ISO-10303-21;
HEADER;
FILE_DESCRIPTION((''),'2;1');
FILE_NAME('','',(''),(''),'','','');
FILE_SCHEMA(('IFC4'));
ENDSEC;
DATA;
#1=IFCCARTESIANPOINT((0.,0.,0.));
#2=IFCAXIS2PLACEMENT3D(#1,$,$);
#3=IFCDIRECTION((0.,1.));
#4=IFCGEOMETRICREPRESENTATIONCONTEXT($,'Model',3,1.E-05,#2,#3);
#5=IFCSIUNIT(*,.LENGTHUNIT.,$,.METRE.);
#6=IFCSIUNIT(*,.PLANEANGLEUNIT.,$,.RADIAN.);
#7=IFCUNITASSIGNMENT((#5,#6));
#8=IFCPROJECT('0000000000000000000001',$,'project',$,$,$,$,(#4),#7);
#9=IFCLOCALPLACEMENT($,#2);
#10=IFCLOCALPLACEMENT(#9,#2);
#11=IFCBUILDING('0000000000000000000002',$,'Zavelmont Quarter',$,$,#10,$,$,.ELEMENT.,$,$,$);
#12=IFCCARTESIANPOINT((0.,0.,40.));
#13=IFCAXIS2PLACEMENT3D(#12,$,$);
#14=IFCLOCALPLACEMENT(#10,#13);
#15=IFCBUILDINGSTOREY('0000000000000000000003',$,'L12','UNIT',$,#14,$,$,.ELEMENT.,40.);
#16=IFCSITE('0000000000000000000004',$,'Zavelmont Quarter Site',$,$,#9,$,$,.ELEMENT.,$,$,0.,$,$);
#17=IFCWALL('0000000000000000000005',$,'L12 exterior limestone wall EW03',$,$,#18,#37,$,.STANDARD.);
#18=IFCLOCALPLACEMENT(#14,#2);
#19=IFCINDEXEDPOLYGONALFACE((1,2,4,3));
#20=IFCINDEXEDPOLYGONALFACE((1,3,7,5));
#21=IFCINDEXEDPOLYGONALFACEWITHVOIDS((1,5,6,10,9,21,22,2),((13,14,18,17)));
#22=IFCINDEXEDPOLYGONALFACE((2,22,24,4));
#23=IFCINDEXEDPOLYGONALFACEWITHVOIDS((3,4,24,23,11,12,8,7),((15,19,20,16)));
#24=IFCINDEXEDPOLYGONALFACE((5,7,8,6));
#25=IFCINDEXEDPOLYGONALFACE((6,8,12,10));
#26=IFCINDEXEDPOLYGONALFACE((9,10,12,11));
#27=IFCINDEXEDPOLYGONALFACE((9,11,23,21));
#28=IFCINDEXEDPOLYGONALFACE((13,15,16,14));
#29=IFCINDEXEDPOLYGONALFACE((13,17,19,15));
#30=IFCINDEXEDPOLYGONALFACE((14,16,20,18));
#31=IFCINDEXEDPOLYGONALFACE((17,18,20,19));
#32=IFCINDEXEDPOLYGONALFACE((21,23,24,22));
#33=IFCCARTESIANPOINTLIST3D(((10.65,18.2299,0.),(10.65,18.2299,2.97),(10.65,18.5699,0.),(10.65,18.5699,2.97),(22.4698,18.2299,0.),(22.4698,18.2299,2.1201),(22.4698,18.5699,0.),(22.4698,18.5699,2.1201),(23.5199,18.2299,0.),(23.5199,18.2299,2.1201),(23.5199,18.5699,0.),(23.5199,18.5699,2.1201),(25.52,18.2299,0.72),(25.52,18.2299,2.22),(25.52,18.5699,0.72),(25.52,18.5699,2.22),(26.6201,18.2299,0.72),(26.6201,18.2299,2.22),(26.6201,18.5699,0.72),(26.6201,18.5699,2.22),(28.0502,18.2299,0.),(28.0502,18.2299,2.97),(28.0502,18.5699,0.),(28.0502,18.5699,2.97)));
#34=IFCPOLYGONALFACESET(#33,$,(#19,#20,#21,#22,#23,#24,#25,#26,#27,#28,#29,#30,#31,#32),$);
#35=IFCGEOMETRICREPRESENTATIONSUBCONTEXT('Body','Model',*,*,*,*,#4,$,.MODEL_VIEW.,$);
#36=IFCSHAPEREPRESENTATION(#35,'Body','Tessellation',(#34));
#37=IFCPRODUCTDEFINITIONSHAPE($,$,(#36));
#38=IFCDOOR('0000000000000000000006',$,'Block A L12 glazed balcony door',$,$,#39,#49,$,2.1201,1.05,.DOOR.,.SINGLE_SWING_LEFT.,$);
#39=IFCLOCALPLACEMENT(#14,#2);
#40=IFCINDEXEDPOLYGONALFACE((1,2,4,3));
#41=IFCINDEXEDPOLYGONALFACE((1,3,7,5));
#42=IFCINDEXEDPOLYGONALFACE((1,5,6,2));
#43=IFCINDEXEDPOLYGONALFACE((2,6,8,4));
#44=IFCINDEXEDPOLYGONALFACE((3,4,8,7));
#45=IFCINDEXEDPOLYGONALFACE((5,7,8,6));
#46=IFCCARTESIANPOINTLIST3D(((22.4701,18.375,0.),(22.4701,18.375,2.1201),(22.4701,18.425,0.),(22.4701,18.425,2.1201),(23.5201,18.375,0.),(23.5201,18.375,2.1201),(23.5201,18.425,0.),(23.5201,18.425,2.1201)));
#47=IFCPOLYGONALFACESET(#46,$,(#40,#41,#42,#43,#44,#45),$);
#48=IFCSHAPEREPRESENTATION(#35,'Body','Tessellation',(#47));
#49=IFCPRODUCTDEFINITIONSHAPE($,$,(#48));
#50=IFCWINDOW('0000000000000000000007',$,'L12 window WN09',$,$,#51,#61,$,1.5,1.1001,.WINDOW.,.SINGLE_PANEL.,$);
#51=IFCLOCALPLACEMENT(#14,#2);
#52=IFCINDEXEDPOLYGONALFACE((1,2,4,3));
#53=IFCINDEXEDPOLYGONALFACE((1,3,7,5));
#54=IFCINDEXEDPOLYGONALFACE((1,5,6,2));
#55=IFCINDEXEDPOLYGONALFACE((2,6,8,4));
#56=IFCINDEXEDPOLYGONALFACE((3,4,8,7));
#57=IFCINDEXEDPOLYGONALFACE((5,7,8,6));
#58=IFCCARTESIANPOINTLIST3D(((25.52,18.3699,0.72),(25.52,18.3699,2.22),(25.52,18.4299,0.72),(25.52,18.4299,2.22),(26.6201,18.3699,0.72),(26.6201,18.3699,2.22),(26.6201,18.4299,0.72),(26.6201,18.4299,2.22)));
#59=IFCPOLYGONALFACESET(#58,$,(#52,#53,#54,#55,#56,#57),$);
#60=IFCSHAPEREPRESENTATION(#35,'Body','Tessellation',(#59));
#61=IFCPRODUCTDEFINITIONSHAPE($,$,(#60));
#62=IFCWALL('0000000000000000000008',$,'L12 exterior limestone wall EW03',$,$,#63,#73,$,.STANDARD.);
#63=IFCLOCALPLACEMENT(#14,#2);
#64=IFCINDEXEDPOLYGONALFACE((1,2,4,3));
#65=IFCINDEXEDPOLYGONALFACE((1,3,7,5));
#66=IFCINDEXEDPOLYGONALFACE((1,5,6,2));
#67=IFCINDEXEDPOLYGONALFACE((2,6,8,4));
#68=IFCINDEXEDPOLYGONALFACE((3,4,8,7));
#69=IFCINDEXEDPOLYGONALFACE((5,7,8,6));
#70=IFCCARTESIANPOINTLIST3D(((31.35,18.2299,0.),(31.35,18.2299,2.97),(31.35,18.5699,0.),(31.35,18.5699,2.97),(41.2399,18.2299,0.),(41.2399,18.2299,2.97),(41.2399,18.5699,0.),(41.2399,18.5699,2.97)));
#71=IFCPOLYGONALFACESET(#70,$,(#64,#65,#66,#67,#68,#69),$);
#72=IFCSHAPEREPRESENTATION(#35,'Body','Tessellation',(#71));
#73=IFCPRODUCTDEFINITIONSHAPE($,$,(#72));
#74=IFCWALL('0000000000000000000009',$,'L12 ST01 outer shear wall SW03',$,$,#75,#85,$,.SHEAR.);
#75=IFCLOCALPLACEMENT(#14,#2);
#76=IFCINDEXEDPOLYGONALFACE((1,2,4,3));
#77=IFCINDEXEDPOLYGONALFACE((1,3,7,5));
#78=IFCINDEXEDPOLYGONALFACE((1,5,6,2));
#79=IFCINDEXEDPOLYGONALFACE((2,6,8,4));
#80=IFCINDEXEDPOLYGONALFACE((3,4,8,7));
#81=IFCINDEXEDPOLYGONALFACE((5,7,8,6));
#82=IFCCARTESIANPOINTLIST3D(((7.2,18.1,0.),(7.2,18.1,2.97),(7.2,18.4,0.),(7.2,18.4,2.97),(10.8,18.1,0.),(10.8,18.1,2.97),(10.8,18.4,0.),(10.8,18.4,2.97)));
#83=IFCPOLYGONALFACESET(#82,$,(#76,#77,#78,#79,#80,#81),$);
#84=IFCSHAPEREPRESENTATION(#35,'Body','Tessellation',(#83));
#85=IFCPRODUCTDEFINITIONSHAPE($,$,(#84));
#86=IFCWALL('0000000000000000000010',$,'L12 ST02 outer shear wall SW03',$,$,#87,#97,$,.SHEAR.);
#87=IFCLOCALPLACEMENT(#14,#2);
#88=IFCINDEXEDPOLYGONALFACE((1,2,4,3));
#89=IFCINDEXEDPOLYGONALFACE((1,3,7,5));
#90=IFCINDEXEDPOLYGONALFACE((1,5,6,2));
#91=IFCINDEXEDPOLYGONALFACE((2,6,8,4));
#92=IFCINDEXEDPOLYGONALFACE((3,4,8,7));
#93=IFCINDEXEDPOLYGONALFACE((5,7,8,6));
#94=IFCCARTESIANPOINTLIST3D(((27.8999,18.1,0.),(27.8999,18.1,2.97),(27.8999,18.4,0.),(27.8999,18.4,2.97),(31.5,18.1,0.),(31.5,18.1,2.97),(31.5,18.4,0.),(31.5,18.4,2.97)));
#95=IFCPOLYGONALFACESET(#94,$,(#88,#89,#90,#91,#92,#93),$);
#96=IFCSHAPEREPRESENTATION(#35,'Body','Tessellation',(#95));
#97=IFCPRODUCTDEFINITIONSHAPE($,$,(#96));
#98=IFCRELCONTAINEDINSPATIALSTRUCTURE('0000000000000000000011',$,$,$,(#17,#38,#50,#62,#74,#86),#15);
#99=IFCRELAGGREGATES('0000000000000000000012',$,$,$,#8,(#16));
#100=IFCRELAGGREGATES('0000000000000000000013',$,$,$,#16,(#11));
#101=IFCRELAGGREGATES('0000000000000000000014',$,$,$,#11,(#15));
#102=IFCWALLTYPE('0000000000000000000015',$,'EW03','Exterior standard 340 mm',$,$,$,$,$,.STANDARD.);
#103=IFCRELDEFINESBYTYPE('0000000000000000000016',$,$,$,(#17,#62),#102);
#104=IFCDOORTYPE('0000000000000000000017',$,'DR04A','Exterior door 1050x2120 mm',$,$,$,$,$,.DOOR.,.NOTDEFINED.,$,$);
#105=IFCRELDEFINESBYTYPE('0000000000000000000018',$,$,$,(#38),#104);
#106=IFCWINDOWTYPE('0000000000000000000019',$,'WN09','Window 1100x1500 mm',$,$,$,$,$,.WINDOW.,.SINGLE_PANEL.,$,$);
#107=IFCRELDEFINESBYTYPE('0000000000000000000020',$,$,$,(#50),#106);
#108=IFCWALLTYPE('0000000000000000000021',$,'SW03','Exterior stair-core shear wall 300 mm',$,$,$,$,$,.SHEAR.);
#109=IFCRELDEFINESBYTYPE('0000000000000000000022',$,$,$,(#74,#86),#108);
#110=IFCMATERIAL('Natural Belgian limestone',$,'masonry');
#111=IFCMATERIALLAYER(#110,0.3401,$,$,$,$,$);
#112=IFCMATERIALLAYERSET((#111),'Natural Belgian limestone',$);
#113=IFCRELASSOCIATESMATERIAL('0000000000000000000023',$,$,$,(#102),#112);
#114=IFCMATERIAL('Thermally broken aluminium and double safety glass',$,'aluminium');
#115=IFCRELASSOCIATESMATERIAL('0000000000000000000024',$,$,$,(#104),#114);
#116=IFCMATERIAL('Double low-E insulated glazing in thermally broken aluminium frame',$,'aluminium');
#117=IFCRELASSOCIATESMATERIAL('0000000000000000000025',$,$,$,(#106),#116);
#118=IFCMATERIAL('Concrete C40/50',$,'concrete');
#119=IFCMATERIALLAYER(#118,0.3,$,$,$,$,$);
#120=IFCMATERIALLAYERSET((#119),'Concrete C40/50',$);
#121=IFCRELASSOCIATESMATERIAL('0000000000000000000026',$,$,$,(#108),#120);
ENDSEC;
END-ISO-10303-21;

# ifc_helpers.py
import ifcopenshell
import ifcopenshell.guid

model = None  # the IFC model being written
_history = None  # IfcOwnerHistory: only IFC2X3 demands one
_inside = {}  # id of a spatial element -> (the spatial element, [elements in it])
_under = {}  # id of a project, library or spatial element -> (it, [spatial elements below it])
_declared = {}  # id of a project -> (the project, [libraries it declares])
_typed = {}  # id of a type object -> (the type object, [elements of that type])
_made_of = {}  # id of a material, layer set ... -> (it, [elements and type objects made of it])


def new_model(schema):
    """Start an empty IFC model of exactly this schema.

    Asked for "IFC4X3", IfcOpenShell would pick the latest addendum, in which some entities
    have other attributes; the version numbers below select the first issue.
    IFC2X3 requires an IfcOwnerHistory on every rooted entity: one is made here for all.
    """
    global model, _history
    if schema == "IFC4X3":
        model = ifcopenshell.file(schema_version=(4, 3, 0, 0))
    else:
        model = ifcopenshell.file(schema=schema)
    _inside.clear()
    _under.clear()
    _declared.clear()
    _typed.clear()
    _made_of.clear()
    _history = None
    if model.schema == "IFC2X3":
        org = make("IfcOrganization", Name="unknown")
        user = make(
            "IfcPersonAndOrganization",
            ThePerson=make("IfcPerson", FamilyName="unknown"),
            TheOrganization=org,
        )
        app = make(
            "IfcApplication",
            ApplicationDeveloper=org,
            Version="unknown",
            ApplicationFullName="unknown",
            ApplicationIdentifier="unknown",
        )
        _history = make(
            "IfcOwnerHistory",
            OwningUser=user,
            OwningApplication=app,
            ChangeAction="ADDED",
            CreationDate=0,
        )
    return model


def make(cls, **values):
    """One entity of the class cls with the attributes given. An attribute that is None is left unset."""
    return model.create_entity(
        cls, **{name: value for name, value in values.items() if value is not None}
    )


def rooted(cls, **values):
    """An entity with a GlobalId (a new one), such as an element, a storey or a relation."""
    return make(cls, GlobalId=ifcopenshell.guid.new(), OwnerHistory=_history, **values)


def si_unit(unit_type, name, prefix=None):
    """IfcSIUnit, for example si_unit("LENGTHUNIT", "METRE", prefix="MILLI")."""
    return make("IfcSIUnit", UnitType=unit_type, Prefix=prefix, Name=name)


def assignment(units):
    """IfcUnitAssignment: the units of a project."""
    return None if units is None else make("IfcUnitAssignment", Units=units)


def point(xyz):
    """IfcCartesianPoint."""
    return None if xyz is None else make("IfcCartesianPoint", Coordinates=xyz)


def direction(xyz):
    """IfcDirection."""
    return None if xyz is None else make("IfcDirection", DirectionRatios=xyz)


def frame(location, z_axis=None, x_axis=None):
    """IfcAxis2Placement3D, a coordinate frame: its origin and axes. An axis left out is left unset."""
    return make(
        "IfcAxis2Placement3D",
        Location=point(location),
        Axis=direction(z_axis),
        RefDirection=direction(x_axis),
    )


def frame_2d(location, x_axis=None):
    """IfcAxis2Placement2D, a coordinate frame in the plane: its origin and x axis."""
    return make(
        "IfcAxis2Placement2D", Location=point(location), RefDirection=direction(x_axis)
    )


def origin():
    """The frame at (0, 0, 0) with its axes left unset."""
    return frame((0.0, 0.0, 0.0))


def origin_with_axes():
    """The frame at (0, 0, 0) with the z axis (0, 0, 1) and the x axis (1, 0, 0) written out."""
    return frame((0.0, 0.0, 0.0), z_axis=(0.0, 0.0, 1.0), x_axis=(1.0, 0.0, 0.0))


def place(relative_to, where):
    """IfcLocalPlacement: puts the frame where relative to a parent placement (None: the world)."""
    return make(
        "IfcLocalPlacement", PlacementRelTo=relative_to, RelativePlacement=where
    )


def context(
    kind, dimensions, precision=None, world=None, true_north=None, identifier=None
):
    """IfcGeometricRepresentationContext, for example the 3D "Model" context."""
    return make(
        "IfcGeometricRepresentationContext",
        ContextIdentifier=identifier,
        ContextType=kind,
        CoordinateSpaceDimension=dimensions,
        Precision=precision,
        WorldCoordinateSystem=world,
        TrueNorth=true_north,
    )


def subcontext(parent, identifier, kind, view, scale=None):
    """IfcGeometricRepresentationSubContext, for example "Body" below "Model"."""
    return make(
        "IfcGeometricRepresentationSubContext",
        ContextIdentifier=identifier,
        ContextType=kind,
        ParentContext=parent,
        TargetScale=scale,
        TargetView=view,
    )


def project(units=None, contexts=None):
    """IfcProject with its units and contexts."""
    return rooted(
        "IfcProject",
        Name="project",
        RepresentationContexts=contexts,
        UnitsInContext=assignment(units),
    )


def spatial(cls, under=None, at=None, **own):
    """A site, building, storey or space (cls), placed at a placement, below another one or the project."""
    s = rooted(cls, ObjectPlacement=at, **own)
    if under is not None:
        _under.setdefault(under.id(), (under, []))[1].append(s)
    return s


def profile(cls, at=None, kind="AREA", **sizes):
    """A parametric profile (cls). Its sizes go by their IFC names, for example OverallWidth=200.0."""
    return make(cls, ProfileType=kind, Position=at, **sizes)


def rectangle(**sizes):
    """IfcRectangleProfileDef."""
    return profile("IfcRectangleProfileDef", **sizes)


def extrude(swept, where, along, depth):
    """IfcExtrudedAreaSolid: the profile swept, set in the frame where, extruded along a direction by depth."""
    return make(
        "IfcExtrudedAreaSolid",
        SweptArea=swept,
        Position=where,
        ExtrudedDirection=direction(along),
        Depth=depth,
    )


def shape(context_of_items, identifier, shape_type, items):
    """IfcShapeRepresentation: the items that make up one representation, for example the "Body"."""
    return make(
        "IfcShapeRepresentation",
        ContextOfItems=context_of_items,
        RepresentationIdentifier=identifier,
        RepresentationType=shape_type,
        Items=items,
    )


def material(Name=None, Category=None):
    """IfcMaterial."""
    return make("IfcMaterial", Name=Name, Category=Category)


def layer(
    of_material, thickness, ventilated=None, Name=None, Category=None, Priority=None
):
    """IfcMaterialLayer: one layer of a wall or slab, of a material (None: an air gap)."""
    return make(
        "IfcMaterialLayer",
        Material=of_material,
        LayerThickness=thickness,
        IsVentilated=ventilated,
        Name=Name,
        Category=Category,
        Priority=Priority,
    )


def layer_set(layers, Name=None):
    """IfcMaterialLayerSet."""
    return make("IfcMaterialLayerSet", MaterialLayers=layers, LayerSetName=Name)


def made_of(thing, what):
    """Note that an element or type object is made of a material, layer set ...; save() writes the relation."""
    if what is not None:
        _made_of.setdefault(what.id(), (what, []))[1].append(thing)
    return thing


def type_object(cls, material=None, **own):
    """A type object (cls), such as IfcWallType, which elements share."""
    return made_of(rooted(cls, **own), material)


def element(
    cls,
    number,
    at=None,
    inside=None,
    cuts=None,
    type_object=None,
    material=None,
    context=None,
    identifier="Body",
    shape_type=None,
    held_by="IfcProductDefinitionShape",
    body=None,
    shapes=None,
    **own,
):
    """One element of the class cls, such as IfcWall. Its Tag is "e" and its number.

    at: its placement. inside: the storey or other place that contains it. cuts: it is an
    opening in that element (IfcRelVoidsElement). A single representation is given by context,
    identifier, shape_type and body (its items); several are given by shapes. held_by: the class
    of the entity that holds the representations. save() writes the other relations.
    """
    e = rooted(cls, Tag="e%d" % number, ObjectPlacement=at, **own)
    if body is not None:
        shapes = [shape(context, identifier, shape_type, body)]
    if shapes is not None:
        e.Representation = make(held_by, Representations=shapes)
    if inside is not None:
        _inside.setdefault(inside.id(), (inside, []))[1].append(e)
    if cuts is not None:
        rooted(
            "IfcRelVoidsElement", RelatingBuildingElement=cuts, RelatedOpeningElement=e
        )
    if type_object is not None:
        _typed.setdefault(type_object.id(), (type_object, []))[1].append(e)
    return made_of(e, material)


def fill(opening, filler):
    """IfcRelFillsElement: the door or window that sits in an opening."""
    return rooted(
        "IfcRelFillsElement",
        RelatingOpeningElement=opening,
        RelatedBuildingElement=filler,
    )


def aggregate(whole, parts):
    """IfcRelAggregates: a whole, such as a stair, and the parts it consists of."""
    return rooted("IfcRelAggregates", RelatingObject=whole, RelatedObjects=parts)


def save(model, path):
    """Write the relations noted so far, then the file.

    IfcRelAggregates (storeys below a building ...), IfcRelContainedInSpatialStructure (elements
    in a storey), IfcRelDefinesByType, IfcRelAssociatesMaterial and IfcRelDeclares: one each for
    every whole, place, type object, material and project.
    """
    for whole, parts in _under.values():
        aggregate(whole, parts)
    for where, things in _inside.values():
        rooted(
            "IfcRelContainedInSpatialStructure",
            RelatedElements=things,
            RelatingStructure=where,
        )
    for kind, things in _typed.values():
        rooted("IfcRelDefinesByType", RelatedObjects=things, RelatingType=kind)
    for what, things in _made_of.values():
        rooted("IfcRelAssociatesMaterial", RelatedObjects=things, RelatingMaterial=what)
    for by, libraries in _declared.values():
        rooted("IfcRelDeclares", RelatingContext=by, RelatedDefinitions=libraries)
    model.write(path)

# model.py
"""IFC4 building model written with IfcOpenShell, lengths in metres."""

from ifc_helpers import new_model, si_unit, direction, frame, frame_2d, origin, origin_with_axes, place, context, subcontext, project, spatial, rectangle, extrude, material, layer, layer_set, type_object, element, fill, save


model = new_model("IFC4")

# Units and contexts
model_context = context("Model", 3, precision=1e-05, world=origin(), true_north=direction((0.0, 1.0)))
body_context = subcontext(model_context, "Body", "Model", "MODEL_VIEW")
ifc_project = project(units=[si_unit("LENGTHUNIT", "METRE"), si_unit("PLANEANGLEUNIT", "RADIAN")], contexts=[model_context])

# Site, building, storey
site_placement = place(None, origin())
site = spatial("IfcSite", under=ifc_project, at=site_placement, Name="Zavelmont Quarter Site", CompositionType="ELEMENT", RefElevation=0.0)
building_placement = place(site_placement, origin())
building = spatial("IfcBuilding", under=site, at=building_placement, Name="Zavelmont Quarter", CompositionType="ELEMENT")
storey_placement = place(building_placement, frame((0.0, 0.0, 40.0)))
storey = spatial("IfcBuildingStorey", under=building, at=storey_placement, Name="L12", Description="UNIT", CompositionType="ELEMENT", Elevation=40.0)

# Shared definitions
ifc_material_1 = material(Name="Natural Belgian limestone", Category="masonry")
ifc_layer_1 = layer(ifc_material_1, 0.3401)
ifc_layer_set_1 = layer_set([ifc_layer_1], Name="Natural Belgian limestone")
wall_type_1 = type_object("IfcWallType", Name="EW03", Description="Exterior standard 340 mm", PredefinedType="STANDARD", material=ifc_layer_set_1)
ifc_material_2 = material(Name="Double low-E insulated glazing in thermally broken aluminium frame", Category="aluminium")

# Wall, openings, door, window
wall_1_placement = place(storey_placement, frame((10.6499, 18.3999, 0.0), z_axis=(0.0, 0.0, 1.0), x_axis=(1.0, 0.0, 0.0)))
wall_1 = element("IfcWall", 1, at=wall_1_placement, inside=storey, type_object=wall_type_1, Name="L12 exterior limestone wall EW03", PredefinedType="STANDARD", context=body_context, shape_type="SweptSolid", body=[
    extrude(rectangle(XDim=17.4001, YDim=0.3401, at=frame_2d((8.7002, 0.0))), origin(), (0.0, 0.0, 1.0), 2.97),
])
opening_1_placement = place(wall_1_placement, frame((11.8201, 0.0, 0.0)))
opening_1 = element("IfcOpeningElement", 2, at=opening_1_placement, cuts=wall_1, PredefinedType="OPENING", context=body_context, shape_type="SweptSolid", body=[
    extrude(rectangle(XDim=1.05, YDim=2.1201, at=frame_2d((0.5249, 1.0601))), frame((0.0, 0.1821, 0.0), z_axis=(0.0, -1.0, 0.0), x_axis=(1.0, 0.0, 0.0)), (0.0, 0.0, 1.0), 0.364),
])
opening_2_placement = place(wall_1_placement, frame((14.8701, 0.0, 0.72)))
opening_2 = element("IfcOpeningElement", 3, at=opening_2_placement, cuts=wall_1, PredefinedType="OPENING", context=body_context, shape_type="SweptSolid", body=[
    extrude(rectangle(XDim=1.1001, YDim=1.5, at=frame_2d((0.55, 0.75))), frame((0.0, 0.1821, 0.0), z_axis=(0.0, -1.0, 0.0), x_axis=(1.0, 0.0, 0.0)), (0.0, 0.0, 1.0), 0.364),
])
ifc_material_3 = material(Name="Thermally broken aluminium and double safety glass", Category="aluminium")
door_type = type_object("IfcDoorType", Name="DR04A", Description="Exterior door 1050x2120 mm", OperationType="NOTDEFINED", PredefinedType="DOOR", material=ifc_material_3)
door_placement = place(opening_1_placement, frame((1.05, 0.0, 0.0), z_axis=(0.0, 0.0, 1.0), x_axis=(-1.0, 0.0, 0.0)))
door = element("IfcDoor", 4, at=door_placement, inside=storey, type_object=door_type, Name="Block A L12 glazed balcony door", OperationType="SINGLE_SWING_LEFT", OverallHeight=2.1201, OverallWidth=1.05, PredefinedType="DOOR", context=body_context, shape_type="SweptSolid", body=[
    extrude(rectangle(XDim=1.05, YDim=2.1201, at=frame_2d((0.5249, 1.0601))), frame((0.0, 0.0249, 0.0), z_axis=(0.0, -1.0, 0.0), x_axis=(1.0, 0.0, 0.0)), (0.0, 0.0, 1.0), 0.05),
])
fill(opening_1, door)
window_type_1 = type_object("IfcWindowType", Name="WN09", Description="Window 1100x1500 mm", PartitioningType="SINGLE_PANEL", PredefinedType="WINDOW", material=ifc_material_2)
window_1_placement = place(opening_2_placement, origin_with_axes())
window_1 = element("IfcWindow", 5, at=window_1_placement, inside=storey, type_object=window_type_1, Name="L12 window WN09", OverallHeight=1.5, OverallWidth=1.1001, PartitioningType="SINGLE_PANEL", PredefinedType="WINDOW", context=body_context, shape_type="SweptSolid", body=[
    extrude(rectangle(XDim=1.1001, YDim=1.5, at=frame_2d((0.55, 0.75))), frame((0.0, 0.03, 0.0), z_axis=(0.0, -1.0, 0.0), x_axis=(1.0, 0.0, 0.0)), (0.0, 0.0, 1.0), 0.0601),
])
fill(opening_2, window_1)

# Walls
wall_2_placement = place(storey_placement, frame((31.3501, 18.3999, 0.0), z_axis=(0.0, 0.0, 1.0), x_axis=(1.0, 0.0, 0.0)))
element("IfcWall", 6, at=wall_2_placement, inside=storey, type_object=wall_type_1, Name="L12 exterior limestone wall EW03", PredefinedType="STANDARD", context=body_context, shape_type="SweptSolid", body=[
    extrude(rectangle(XDim=9.8899, YDim=0.3401, at=frame_2d((4.9448, 0.0))), origin(), (0.0, 0.0, 1.0), 2.97),
])
ifc_material_4 = material(Name="Concrete C40/50", Category="concrete")
ifc_layer_2 = layer(ifc_material_4, 0.3)
ifc_layer_set_2 = layer_set([ifc_layer_2], Name="Concrete C40/50")
wall_type_2 = type_object("IfcWallType", Name="SW03", Description="Exterior stair-core shear wall 300 mm", PredefinedType="SHEAR", material=ifc_layer_set_2)
for number, where, z_axis, x_axis, name in (
    (7, (7.2, 18.25, 0.0), (0.0, 0.0, 1.0), (1.0, 0.0, 0.0), "L12 ST01 outer shear wall SW03"),
    (8, (27.8999, 18.25, 0.0), (0.0, 0.0, 1.0), (1.0, 0.0, 0.0), "L12 ST02 outer shear wall SW03"),
):
    element("IfcWall", number, at=place(storey_placement, frame(where, z_axis=z_axis, x_axis=x_axis)), inside=storey, type_object=wall_type_2, Name=name, PredefinedType="SHEAR", context=body_context, shape_type="SweptSolid", body=[
        extrude(rectangle(XDim=3.6001, YDim=0.3, at=frame_2d((1.8, 0.0))), origin(), (0.0, 0.0, 1.0), 2.97),
    ])

save(model, "model.ifc")
